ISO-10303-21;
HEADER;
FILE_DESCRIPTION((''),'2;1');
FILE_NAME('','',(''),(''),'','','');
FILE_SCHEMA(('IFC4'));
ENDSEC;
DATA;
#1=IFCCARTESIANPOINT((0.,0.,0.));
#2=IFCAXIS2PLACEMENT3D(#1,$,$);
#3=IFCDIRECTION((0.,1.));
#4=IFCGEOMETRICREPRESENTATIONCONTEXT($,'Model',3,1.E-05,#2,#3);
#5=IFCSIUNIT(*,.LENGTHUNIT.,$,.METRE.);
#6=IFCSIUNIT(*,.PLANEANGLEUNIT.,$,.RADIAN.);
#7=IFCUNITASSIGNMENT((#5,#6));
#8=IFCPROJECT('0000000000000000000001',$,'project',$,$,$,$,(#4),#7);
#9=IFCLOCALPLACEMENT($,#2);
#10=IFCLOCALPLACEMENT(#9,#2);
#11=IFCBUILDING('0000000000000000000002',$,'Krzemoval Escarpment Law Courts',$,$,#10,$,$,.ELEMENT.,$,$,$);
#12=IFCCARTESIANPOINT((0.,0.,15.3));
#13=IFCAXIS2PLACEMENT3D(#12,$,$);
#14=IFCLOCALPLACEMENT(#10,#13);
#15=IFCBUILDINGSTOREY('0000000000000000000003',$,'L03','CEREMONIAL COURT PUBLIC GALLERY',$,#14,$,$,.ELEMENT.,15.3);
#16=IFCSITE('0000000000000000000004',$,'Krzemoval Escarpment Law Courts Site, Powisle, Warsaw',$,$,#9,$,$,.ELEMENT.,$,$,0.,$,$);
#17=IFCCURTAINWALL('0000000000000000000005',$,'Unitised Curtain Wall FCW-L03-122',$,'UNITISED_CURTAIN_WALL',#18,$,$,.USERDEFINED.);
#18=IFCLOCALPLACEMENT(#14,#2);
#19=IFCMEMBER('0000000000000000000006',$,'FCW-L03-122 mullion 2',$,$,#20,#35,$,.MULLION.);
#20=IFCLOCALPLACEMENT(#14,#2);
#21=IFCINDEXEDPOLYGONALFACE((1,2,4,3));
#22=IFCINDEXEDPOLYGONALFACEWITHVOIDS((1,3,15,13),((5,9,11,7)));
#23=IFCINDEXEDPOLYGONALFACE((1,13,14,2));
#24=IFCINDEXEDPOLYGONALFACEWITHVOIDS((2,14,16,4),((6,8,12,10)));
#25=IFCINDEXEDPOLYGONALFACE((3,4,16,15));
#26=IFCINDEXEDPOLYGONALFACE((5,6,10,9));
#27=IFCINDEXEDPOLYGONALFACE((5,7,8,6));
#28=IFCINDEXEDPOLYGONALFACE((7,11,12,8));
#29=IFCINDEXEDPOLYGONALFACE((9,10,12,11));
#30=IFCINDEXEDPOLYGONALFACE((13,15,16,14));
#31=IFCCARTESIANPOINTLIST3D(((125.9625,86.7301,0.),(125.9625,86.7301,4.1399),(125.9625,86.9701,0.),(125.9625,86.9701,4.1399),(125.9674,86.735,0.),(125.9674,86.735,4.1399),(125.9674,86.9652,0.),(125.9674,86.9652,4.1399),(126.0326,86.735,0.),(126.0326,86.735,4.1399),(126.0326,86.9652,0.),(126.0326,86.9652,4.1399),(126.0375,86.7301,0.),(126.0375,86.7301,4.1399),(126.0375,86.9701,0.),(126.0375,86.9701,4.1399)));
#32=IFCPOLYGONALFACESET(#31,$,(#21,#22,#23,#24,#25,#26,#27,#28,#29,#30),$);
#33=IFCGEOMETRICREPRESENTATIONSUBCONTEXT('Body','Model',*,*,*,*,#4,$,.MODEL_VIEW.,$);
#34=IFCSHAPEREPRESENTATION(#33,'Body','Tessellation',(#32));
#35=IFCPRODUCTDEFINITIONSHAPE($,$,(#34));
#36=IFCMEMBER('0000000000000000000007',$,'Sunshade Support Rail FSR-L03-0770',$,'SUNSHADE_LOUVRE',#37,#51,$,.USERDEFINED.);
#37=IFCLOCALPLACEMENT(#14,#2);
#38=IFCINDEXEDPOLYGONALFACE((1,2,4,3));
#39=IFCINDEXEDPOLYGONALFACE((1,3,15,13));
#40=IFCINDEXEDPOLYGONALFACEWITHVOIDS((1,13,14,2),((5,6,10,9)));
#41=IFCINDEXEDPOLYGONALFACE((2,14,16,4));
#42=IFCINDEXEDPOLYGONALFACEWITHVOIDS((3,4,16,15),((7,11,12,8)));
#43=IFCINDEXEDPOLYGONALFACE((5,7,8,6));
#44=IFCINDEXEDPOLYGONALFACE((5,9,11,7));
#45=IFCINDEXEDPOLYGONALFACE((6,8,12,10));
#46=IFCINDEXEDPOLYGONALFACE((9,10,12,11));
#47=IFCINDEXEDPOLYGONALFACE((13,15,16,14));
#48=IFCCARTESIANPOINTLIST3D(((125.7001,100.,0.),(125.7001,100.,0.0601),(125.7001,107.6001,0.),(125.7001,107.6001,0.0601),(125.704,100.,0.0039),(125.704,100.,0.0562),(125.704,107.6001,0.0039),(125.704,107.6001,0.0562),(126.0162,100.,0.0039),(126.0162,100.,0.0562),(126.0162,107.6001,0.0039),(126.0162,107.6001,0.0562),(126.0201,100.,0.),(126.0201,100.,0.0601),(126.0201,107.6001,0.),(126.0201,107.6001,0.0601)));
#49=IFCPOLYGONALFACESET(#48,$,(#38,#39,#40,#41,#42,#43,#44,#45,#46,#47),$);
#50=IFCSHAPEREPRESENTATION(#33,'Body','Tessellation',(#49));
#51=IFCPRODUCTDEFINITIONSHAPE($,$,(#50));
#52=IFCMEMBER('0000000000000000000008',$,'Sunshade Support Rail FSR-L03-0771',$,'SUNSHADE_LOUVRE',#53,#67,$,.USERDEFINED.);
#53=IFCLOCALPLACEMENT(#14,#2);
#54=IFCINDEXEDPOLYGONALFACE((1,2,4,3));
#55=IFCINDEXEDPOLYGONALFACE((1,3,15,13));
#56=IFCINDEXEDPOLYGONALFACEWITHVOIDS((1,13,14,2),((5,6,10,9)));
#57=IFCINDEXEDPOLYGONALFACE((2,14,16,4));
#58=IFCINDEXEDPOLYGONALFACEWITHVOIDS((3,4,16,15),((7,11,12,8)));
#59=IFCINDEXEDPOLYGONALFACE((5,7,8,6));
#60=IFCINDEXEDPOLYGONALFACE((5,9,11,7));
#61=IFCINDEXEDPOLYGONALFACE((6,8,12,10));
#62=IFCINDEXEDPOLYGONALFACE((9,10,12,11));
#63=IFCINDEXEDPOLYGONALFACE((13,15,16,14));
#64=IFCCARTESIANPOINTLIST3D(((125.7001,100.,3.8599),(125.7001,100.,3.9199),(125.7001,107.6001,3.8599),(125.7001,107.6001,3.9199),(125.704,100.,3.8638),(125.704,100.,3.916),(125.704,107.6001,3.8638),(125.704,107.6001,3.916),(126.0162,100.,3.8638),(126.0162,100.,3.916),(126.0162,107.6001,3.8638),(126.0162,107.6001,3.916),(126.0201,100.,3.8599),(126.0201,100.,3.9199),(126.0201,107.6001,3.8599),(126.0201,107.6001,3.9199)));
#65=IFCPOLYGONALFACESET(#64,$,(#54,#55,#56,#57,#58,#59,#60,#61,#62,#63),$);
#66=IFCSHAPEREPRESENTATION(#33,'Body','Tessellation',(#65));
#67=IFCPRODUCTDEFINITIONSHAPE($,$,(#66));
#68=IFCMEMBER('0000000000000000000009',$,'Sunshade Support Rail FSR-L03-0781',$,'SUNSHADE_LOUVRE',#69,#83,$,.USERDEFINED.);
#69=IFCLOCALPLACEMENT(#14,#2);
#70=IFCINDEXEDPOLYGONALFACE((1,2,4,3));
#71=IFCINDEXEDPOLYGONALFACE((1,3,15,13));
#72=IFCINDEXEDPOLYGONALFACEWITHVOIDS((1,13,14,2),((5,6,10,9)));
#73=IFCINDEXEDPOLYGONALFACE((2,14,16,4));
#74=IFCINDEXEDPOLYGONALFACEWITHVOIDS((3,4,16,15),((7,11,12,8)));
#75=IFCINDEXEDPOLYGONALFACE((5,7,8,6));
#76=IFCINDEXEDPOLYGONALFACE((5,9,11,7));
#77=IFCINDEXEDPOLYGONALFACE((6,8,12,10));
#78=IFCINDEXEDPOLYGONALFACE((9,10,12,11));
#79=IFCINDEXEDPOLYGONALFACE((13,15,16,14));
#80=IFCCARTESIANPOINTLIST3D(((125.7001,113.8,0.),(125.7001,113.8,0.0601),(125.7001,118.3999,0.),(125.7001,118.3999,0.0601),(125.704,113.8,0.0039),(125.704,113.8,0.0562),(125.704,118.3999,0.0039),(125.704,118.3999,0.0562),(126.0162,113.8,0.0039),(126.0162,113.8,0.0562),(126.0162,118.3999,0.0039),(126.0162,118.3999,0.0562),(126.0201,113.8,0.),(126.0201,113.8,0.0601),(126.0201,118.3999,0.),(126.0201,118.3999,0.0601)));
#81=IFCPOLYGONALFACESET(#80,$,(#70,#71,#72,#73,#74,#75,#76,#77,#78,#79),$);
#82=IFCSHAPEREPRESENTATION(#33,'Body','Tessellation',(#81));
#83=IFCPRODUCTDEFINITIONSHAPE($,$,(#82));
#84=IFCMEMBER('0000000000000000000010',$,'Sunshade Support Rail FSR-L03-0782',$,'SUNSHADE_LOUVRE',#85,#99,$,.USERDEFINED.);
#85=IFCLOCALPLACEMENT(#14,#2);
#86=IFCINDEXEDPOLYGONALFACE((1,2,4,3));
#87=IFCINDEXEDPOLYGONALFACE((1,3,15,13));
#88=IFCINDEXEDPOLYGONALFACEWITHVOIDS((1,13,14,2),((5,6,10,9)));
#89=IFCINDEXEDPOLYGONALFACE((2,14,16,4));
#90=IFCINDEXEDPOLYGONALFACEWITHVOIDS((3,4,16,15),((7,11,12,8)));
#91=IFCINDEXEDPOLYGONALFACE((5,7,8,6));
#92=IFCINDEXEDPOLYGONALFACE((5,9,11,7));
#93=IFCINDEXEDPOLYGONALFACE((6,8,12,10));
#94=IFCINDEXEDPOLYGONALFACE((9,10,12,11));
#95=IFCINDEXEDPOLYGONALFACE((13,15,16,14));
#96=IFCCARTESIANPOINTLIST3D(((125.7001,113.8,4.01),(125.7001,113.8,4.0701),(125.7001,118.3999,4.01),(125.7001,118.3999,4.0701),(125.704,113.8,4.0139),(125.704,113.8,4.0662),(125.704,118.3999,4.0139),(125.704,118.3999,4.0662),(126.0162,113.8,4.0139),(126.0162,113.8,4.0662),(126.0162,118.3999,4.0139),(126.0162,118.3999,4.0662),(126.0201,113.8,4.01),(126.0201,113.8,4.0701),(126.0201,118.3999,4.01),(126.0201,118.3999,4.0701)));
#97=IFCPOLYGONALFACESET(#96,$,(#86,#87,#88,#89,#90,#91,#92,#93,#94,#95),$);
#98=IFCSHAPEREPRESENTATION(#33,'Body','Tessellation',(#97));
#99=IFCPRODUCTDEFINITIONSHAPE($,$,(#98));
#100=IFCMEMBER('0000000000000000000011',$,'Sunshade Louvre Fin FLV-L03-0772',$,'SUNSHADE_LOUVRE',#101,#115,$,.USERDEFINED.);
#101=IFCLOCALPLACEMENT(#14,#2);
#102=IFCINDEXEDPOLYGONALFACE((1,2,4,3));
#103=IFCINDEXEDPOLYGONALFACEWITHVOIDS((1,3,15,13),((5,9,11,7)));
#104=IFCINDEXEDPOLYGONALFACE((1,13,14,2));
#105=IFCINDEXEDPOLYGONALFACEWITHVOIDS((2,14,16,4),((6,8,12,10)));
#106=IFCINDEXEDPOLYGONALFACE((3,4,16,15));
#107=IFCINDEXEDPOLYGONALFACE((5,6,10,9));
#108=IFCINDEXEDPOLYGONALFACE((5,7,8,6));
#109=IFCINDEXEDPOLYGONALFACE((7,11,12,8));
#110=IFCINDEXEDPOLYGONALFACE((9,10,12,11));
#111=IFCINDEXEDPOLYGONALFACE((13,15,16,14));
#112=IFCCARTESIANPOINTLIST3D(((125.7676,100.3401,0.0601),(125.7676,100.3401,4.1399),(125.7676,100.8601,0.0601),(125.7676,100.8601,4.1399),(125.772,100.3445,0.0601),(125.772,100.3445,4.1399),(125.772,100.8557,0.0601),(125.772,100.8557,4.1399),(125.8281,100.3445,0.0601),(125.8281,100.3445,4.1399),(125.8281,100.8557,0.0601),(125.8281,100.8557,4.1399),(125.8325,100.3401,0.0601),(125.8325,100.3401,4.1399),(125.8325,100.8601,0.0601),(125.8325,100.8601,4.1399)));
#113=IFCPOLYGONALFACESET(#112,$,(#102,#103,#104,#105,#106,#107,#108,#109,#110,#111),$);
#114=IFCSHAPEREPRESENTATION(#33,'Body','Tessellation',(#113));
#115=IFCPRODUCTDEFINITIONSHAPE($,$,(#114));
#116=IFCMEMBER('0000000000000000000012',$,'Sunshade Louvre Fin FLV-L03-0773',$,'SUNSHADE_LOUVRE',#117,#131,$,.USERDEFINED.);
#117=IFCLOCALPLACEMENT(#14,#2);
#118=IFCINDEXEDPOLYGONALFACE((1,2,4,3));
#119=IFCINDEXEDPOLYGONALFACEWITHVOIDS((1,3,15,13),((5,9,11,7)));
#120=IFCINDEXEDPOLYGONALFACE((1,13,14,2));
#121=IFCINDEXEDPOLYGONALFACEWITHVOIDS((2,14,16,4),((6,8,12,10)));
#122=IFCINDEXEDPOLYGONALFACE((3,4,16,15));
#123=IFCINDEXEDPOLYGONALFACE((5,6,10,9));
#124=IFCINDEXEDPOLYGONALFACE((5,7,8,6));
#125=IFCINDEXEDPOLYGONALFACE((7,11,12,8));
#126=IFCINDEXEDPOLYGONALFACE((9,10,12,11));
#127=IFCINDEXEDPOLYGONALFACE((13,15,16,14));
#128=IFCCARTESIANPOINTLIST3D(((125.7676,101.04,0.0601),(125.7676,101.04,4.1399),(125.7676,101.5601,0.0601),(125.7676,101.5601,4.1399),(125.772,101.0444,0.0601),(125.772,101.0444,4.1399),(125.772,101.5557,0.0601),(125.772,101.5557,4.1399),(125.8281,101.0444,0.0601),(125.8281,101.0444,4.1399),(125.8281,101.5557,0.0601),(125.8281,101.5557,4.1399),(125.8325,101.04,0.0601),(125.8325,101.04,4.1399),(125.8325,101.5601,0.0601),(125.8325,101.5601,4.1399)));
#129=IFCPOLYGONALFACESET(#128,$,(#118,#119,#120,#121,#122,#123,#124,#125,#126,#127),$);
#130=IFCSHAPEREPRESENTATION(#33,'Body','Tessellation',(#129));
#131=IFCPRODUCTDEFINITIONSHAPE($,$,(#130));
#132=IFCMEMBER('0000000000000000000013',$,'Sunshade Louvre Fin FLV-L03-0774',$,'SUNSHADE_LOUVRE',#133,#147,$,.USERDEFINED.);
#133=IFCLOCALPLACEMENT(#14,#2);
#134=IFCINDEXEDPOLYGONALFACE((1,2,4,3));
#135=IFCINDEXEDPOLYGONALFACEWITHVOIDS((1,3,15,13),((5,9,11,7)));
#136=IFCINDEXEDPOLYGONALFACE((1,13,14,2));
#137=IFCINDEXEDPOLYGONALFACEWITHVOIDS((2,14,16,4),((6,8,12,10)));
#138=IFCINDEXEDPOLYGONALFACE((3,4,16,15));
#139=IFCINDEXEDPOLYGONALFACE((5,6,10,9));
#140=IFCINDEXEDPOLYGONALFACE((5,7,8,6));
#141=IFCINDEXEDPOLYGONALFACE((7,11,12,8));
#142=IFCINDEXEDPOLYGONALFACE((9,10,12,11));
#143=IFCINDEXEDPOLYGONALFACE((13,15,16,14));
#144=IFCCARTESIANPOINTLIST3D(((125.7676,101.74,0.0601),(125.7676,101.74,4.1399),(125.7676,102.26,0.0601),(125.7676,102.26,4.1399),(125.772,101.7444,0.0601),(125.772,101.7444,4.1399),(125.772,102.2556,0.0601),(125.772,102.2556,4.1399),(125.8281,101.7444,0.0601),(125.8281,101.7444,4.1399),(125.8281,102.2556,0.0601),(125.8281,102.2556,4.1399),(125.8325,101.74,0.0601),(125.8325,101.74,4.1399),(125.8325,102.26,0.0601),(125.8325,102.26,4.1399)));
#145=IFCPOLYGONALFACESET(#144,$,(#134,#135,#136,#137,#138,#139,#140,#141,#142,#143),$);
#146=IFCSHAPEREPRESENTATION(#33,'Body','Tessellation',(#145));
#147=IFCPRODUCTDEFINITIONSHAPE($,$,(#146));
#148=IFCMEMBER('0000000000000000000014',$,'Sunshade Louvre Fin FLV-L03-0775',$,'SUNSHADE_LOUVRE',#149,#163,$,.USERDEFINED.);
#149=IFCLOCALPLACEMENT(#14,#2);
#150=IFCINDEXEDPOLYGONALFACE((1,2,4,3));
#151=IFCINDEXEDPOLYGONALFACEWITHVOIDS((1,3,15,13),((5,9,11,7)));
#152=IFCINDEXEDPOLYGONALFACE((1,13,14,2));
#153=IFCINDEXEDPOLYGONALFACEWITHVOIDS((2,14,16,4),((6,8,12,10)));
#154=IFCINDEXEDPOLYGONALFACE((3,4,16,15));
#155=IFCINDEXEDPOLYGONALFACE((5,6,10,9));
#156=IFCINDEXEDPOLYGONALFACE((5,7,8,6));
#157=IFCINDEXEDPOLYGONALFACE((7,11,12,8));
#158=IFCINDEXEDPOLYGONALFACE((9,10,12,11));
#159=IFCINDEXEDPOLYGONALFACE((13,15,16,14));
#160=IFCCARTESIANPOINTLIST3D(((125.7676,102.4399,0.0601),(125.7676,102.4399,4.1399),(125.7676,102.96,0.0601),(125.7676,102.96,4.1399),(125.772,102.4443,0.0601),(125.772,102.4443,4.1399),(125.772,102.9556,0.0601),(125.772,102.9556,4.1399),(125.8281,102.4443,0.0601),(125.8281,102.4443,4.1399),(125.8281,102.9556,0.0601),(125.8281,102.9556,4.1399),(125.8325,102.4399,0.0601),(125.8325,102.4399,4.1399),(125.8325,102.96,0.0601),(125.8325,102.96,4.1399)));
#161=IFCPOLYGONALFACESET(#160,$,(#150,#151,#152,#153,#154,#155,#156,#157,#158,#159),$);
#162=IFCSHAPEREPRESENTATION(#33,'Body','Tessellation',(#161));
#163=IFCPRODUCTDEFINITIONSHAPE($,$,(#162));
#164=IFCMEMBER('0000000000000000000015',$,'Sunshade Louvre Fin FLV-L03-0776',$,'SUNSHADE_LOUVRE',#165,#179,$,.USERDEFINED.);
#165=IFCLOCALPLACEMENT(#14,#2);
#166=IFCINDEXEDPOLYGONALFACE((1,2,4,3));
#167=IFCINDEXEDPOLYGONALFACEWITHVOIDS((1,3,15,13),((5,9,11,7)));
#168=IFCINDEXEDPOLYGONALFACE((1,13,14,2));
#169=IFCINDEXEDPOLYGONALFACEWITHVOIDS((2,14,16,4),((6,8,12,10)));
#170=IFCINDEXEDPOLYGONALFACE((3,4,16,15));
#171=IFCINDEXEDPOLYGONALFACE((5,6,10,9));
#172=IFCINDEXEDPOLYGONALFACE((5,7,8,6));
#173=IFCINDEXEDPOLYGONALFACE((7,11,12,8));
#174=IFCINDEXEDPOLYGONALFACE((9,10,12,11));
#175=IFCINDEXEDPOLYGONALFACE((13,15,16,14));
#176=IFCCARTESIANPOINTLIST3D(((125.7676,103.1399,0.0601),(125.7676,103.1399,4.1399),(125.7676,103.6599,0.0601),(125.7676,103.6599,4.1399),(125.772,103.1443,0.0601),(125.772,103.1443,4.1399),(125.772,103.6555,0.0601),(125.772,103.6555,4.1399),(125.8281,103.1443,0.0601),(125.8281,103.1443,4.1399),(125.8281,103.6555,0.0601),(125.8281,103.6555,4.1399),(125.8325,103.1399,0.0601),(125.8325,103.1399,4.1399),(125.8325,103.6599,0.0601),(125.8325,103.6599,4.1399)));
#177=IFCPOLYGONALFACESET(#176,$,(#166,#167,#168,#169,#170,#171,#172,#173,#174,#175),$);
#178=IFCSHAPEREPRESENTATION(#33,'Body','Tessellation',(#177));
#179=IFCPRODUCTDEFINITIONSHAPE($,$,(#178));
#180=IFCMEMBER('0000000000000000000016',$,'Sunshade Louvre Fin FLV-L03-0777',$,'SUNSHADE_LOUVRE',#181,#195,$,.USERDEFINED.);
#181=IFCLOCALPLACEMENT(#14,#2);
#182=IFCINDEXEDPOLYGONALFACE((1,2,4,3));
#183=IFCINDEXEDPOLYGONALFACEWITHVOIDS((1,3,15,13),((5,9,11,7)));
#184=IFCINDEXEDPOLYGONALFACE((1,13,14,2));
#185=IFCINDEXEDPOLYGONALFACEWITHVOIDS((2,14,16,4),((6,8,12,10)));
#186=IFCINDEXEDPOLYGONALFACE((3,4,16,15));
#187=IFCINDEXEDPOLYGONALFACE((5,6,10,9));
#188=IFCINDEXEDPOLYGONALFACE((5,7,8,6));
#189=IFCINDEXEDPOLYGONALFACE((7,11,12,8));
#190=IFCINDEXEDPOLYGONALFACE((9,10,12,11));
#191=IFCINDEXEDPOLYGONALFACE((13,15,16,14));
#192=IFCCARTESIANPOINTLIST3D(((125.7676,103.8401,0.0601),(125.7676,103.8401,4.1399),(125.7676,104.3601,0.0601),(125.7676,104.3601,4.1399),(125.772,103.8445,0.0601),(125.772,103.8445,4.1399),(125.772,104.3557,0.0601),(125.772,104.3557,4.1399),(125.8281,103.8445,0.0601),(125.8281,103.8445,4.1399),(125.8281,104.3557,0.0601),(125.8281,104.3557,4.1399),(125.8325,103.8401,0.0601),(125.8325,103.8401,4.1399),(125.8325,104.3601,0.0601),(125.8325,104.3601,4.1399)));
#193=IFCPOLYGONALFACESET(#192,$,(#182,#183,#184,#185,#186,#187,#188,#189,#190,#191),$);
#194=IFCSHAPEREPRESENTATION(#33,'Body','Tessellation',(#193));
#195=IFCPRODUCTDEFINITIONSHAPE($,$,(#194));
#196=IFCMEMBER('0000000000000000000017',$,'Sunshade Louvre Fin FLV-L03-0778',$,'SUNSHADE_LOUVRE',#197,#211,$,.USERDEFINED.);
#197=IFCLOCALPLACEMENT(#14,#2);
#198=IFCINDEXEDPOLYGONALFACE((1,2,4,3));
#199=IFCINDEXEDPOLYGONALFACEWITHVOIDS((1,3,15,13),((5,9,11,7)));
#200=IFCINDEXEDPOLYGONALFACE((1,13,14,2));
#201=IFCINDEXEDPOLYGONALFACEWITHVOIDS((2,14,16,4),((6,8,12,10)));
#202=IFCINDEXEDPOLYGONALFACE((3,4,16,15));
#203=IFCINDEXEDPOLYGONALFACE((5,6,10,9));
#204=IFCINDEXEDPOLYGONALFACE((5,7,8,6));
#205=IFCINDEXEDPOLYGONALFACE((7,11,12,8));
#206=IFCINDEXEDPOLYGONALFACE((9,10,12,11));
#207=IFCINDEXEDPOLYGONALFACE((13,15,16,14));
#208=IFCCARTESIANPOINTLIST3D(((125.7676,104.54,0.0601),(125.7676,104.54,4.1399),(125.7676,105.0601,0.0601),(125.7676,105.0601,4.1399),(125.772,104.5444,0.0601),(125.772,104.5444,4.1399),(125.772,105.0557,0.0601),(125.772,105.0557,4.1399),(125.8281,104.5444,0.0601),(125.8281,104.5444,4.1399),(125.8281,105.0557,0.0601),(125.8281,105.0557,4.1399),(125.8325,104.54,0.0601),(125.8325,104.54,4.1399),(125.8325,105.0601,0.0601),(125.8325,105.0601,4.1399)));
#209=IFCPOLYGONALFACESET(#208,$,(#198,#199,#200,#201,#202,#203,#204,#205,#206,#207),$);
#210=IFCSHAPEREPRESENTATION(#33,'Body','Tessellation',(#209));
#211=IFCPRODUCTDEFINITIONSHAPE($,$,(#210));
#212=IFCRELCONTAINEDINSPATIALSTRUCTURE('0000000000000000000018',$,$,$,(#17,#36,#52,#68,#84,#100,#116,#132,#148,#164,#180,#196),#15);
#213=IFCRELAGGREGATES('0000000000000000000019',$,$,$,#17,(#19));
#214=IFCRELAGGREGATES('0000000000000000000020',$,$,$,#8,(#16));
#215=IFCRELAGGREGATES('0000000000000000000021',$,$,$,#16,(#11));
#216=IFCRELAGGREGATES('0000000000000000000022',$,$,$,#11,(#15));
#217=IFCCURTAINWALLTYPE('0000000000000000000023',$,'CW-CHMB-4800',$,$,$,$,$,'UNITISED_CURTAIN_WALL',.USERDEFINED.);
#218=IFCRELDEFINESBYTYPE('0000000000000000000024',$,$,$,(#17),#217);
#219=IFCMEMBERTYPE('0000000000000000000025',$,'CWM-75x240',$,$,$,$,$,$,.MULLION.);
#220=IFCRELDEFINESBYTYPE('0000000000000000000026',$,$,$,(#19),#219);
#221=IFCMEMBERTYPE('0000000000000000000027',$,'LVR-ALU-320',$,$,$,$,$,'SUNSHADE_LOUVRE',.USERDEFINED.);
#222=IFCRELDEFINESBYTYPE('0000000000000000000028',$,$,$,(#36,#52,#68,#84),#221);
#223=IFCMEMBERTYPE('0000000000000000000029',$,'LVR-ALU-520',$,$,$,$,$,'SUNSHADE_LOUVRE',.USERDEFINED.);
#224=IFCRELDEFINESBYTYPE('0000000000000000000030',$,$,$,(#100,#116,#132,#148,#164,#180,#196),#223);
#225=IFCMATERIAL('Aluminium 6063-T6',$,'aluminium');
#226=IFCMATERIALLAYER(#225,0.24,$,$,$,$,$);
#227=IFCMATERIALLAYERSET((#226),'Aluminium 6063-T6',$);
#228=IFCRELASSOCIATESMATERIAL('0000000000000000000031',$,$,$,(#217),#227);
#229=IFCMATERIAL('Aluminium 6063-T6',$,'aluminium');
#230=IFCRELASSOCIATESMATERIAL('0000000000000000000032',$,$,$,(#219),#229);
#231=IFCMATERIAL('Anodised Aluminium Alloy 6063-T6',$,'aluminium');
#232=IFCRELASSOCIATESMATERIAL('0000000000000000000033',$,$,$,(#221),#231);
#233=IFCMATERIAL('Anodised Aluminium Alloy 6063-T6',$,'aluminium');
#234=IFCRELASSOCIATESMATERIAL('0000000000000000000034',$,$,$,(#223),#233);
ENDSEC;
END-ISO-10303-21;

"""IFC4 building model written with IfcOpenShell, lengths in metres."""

from ifc_helpers import new_model, si_unit, direction, frame, origin, origin_2d, place, context, subcontext, project, spatial, hollow_rectangle, extrude, material, layer, layer_set, material_profile, profile_set, type_object, element, aggregate, save


model = new_model("IFC4")

# Units and contexts
model_context = context("Model", 3, precision=1e-05, world=origin(), true_north=direction((0.0, 1.0)))
body_context = subcontext(model_context, "Body", "Model", "MODEL_VIEW")
ifc_project = project(units=[si_unit("LENGTHUNIT", "METRE"), si_unit("PLANEANGLEUNIT", "RADIAN")], contexts=[model_context])

# Site, building, storey
site_placement = place(None, origin())
site = spatial("IfcSite", under=ifc_project, at=site_placement, Name="Krzemoval Escarpment Law Courts Site, Powisle, Warsaw", CompositionType="ELEMENT", RefElevation=0.0)
building_placement = place(site_placement, origin())
building = spatial("IfcBuilding", under=site, at=building_placement, Name="Krzemoval Escarpment Law Courts", CompositionType="ELEMENT")
storey_placement = place(building_placement, frame((0.0, 0.0, 15.3)))
storey = spatial("IfcBuildingStorey", under=building, at=storey_placement, Name="L03", Description="CEREMONIAL COURT PUBLIC GALLERY", CompositionType="ELEMENT", Elevation=15.3)

# Curtain wall, member
ifc_material_1 = material(Name="Aluminium 6063-T6", Category="aluminium")
ifc_layer = layer(ifc_material_1, 0.24)
ifc_layer_set = layer_set([ifc_layer], Name="Aluminium 6063-T6")
curtain_wall_type = type_object("IfcCurtainWallType", Name="CW-CHMB-4800", ElementType="UNITISED_CURTAIN_WALL", PredefinedType="USERDEFINED", material=ifc_layer_set)
curtain_wall_placement = place(storey_placement, origin())
curtain_wall = element("IfcCurtainWall", 1, at=curtain_wall_placement, inside=storey, type_object=curtain_wall_type, Name="Unitised Curtain Wall FCW-L03-122", ObjectType="UNITISED_CURTAIN_WALL", PredefinedType="USERDEFINED")
ifc_material_2 = material(Name="Aluminium 6063-T6", Category="aluminium")
ifc_material_profile_1 = material_profile(ifc_material_2, hollow_rectangle(XDim=0.075, YDim=0.24, WallThickness=0.0049, at=origin_2d()), Name="ALU M75x240")
ifc_profile_set_1 = profile_set([ifc_material_profile_1], Name="Aluminium 6063-T6")
member_type_1 = type_object("IfcMemberType", Name="CWM-75x240", PredefinedType="MULLION", material=ifc_profile_set_1)
member_placement = place(storey_placement, frame((126.0, 86.8501, 0.0), z_axis=(0.0, 0.0, 1.0), x_axis=(-1.0, 0.0, 0.0)))
member = element("IfcMember", 2, at=member_placement, type_object=member_type_1, Name="FCW-L03-122 mullion 2", PredefinedType="MULLION", context=body_context, shape_type="SweptSolid", body=[
    extrude(hollow_rectangle(XDim=0.075, YDim=0.24, WallThickness=0.0049, at=origin_2d()), origin(), (0.0, 0.0, 1.0), 4.1399),
])
aggregate(curtain_wall, [member])

# Members
ifc_material_3 = material(Name="Anodised Aluminium Alloy 6063-T6", Category="aluminium")
ifc_material_profile_2 = material_profile(ifc_material_3, hollow_rectangle(XDim=0.0601, YDim=0.3201, WallThickness=0.0039, at=origin_2d()), Name="ALU LVR 60x320")
ifc_profile_set_2 = profile_set([ifc_material_profile_2], Name="Anodised Aluminium Alloy 6063-T6")
member_type_2 = type_object("IfcMemberType", Name="LVR-ALU-320", ElementType="SUNSHADE_LOUVRE", PredefinedType="USERDEFINED", material=ifc_profile_set_2)
for number, where, z_axis, x_axis, name in (
    (3, (125.8601, 100.0, 0.03), (0.0, 1.0, 0.0), (0.0, 0.0, 1.0), "Sunshade Support Rail FSR-L03-0770"),
    (4, (125.8601, 100.0, 3.8899), (0.0, 1.0, 0.0), (0.0, 0.0, 1.0), "Sunshade Support Rail FSR-L03-0771"),
):
    element("IfcMember", number, at=place(storey_placement, frame(where, z_axis=z_axis, x_axis=x_axis)), inside=storey, type_object=member_type_2, Name=name, ObjectType="SUNSHADE_LOUVRE", PredefinedType="USERDEFINED", context=body_context, shape_type="SweptSolid", body=[
        extrude(hollow_rectangle(XDim=0.0601, YDim=0.3201, WallThickness=0.0039, at=origin_2d()), origin(), (0.0, 0.0, 1.0), 7.6001),
    ])
for number, where, z_axis, x_axis, name in (
    (5, (125.8601, 113.8, 0.03), (0.0, 1.0, 0.0), (0.0, 0.0, 1.0), "Sunshade Support Rail FSR-L03-0781"),
    (6, (125.8601, 113.8, 4.04), (0.0, 1.0, 0.0), (0.0, 0.0, 1.0), "Sunshade Support Rail FSR-L03-0782"),
):
    element("IfcMember", number, at=place(storey_placement, frame(where, z_axis=z_axis, x_axis=x_axis)), inside=storey, type_object=member_type_2, Name=name, ObjectType="SUNSHADE_LOUVRE", PredefinedType="USERDEFINED", context=body_context, shape_type="SweptSolid", body=[
        extrude(hollow_rectangle(XDim=0.0601, YDim=0.3201, WallThickness=0.0039, at=origin_2d()), origin(), (0.0, 0.0, 1.0), 4.5999),
    ])
ifc_material_4 = material(Name="Anodised Aluminium Alloy 6063-T6", Category="aluminium")
ifc_material_profile_3 = material_profile(ifc_material_4, hollow_rectangle(XDim=0.0649, YDim=0.52, WallThickness=0.0044, at=origin_2d()), Name="ALU LVR 65x520")
ifc_profile_set_3 = profile_set([ifc_material_profile_3], Name="Anodised Aluminium Alloy 6063-T6")
member_type_3 = type_object("IfcMemberType", Name="LVR-ALU-520", ElementType="SUNSHADE_LOUVRE", PredefinedType="USERDEFINED", material=ifc_profile_set_3)
for number, where, z_axis, x_axis, name in (
    (7, (125.8, 100.6001, 0.0601), (0.0, 0.0, 1.0), (1.0, 0.0, 0.0), "Sunshade Louvre Fin FLV-L03-0772"),
    (8, (125.8, 101.3, 0.0601), (0.0, 0.0, 1.0), (1.0, 0.0, 0.0), "Sunshade Louvre Fin FLV-L03-0773"),
    (9, (125.8, 102.0, 0.0601), (0.0, 0.0, 1.0), (1.0, 0.0, 0.0), "Sunshade Louvre Fin FLV-L03-0774"),
    (10, (125.8, 102.7, 0.0601), (0.0, 0.0, 1.0), (1.0, 0.0, 0.0), "Sunshade Louvre Fin FLV-L03-0775"),
    (11, (125.8, 103.3999, 0.0601), (0.0, 0.0, 1.0), (1.0, 0.0, 0.0), "Sunshade Louvre Fin FLV-L03-0776"),
    (12, (125.8, 104.1001, 0.0601), (0.0, 0.0, 1.0), (1.0, 0.0, 0.0), "Sunshade Louvre Fin FLV-L03-0777"),
    (13, (125.8, 104.8, 0.0601), (0.0, 0.0, 1.0), (1.0, 0.0, 0.0), "Sunshade Louvre Fin FLV-L03-0778"),
):
    element("IfcMember", number, at=place(storey_placement, frame(where, z_axis=z_axis, x_axis=x_axis)), inside=storey, type_object=member_type_3, Name=name, ObjectType="SUNSHADE_LOUVRE", PredefinedType="USERDEFINED", context=body_context, shape_type="SweptSolid", body=[
        extrude(hollow_rectangle(XDim=0.0649, YDim=0.52, WallThickness=0.0044, at=origin_2d()), origin(), (0.0, 0.0, 1.0), 4.0798),
    ])

save(model, "model.ifc")
